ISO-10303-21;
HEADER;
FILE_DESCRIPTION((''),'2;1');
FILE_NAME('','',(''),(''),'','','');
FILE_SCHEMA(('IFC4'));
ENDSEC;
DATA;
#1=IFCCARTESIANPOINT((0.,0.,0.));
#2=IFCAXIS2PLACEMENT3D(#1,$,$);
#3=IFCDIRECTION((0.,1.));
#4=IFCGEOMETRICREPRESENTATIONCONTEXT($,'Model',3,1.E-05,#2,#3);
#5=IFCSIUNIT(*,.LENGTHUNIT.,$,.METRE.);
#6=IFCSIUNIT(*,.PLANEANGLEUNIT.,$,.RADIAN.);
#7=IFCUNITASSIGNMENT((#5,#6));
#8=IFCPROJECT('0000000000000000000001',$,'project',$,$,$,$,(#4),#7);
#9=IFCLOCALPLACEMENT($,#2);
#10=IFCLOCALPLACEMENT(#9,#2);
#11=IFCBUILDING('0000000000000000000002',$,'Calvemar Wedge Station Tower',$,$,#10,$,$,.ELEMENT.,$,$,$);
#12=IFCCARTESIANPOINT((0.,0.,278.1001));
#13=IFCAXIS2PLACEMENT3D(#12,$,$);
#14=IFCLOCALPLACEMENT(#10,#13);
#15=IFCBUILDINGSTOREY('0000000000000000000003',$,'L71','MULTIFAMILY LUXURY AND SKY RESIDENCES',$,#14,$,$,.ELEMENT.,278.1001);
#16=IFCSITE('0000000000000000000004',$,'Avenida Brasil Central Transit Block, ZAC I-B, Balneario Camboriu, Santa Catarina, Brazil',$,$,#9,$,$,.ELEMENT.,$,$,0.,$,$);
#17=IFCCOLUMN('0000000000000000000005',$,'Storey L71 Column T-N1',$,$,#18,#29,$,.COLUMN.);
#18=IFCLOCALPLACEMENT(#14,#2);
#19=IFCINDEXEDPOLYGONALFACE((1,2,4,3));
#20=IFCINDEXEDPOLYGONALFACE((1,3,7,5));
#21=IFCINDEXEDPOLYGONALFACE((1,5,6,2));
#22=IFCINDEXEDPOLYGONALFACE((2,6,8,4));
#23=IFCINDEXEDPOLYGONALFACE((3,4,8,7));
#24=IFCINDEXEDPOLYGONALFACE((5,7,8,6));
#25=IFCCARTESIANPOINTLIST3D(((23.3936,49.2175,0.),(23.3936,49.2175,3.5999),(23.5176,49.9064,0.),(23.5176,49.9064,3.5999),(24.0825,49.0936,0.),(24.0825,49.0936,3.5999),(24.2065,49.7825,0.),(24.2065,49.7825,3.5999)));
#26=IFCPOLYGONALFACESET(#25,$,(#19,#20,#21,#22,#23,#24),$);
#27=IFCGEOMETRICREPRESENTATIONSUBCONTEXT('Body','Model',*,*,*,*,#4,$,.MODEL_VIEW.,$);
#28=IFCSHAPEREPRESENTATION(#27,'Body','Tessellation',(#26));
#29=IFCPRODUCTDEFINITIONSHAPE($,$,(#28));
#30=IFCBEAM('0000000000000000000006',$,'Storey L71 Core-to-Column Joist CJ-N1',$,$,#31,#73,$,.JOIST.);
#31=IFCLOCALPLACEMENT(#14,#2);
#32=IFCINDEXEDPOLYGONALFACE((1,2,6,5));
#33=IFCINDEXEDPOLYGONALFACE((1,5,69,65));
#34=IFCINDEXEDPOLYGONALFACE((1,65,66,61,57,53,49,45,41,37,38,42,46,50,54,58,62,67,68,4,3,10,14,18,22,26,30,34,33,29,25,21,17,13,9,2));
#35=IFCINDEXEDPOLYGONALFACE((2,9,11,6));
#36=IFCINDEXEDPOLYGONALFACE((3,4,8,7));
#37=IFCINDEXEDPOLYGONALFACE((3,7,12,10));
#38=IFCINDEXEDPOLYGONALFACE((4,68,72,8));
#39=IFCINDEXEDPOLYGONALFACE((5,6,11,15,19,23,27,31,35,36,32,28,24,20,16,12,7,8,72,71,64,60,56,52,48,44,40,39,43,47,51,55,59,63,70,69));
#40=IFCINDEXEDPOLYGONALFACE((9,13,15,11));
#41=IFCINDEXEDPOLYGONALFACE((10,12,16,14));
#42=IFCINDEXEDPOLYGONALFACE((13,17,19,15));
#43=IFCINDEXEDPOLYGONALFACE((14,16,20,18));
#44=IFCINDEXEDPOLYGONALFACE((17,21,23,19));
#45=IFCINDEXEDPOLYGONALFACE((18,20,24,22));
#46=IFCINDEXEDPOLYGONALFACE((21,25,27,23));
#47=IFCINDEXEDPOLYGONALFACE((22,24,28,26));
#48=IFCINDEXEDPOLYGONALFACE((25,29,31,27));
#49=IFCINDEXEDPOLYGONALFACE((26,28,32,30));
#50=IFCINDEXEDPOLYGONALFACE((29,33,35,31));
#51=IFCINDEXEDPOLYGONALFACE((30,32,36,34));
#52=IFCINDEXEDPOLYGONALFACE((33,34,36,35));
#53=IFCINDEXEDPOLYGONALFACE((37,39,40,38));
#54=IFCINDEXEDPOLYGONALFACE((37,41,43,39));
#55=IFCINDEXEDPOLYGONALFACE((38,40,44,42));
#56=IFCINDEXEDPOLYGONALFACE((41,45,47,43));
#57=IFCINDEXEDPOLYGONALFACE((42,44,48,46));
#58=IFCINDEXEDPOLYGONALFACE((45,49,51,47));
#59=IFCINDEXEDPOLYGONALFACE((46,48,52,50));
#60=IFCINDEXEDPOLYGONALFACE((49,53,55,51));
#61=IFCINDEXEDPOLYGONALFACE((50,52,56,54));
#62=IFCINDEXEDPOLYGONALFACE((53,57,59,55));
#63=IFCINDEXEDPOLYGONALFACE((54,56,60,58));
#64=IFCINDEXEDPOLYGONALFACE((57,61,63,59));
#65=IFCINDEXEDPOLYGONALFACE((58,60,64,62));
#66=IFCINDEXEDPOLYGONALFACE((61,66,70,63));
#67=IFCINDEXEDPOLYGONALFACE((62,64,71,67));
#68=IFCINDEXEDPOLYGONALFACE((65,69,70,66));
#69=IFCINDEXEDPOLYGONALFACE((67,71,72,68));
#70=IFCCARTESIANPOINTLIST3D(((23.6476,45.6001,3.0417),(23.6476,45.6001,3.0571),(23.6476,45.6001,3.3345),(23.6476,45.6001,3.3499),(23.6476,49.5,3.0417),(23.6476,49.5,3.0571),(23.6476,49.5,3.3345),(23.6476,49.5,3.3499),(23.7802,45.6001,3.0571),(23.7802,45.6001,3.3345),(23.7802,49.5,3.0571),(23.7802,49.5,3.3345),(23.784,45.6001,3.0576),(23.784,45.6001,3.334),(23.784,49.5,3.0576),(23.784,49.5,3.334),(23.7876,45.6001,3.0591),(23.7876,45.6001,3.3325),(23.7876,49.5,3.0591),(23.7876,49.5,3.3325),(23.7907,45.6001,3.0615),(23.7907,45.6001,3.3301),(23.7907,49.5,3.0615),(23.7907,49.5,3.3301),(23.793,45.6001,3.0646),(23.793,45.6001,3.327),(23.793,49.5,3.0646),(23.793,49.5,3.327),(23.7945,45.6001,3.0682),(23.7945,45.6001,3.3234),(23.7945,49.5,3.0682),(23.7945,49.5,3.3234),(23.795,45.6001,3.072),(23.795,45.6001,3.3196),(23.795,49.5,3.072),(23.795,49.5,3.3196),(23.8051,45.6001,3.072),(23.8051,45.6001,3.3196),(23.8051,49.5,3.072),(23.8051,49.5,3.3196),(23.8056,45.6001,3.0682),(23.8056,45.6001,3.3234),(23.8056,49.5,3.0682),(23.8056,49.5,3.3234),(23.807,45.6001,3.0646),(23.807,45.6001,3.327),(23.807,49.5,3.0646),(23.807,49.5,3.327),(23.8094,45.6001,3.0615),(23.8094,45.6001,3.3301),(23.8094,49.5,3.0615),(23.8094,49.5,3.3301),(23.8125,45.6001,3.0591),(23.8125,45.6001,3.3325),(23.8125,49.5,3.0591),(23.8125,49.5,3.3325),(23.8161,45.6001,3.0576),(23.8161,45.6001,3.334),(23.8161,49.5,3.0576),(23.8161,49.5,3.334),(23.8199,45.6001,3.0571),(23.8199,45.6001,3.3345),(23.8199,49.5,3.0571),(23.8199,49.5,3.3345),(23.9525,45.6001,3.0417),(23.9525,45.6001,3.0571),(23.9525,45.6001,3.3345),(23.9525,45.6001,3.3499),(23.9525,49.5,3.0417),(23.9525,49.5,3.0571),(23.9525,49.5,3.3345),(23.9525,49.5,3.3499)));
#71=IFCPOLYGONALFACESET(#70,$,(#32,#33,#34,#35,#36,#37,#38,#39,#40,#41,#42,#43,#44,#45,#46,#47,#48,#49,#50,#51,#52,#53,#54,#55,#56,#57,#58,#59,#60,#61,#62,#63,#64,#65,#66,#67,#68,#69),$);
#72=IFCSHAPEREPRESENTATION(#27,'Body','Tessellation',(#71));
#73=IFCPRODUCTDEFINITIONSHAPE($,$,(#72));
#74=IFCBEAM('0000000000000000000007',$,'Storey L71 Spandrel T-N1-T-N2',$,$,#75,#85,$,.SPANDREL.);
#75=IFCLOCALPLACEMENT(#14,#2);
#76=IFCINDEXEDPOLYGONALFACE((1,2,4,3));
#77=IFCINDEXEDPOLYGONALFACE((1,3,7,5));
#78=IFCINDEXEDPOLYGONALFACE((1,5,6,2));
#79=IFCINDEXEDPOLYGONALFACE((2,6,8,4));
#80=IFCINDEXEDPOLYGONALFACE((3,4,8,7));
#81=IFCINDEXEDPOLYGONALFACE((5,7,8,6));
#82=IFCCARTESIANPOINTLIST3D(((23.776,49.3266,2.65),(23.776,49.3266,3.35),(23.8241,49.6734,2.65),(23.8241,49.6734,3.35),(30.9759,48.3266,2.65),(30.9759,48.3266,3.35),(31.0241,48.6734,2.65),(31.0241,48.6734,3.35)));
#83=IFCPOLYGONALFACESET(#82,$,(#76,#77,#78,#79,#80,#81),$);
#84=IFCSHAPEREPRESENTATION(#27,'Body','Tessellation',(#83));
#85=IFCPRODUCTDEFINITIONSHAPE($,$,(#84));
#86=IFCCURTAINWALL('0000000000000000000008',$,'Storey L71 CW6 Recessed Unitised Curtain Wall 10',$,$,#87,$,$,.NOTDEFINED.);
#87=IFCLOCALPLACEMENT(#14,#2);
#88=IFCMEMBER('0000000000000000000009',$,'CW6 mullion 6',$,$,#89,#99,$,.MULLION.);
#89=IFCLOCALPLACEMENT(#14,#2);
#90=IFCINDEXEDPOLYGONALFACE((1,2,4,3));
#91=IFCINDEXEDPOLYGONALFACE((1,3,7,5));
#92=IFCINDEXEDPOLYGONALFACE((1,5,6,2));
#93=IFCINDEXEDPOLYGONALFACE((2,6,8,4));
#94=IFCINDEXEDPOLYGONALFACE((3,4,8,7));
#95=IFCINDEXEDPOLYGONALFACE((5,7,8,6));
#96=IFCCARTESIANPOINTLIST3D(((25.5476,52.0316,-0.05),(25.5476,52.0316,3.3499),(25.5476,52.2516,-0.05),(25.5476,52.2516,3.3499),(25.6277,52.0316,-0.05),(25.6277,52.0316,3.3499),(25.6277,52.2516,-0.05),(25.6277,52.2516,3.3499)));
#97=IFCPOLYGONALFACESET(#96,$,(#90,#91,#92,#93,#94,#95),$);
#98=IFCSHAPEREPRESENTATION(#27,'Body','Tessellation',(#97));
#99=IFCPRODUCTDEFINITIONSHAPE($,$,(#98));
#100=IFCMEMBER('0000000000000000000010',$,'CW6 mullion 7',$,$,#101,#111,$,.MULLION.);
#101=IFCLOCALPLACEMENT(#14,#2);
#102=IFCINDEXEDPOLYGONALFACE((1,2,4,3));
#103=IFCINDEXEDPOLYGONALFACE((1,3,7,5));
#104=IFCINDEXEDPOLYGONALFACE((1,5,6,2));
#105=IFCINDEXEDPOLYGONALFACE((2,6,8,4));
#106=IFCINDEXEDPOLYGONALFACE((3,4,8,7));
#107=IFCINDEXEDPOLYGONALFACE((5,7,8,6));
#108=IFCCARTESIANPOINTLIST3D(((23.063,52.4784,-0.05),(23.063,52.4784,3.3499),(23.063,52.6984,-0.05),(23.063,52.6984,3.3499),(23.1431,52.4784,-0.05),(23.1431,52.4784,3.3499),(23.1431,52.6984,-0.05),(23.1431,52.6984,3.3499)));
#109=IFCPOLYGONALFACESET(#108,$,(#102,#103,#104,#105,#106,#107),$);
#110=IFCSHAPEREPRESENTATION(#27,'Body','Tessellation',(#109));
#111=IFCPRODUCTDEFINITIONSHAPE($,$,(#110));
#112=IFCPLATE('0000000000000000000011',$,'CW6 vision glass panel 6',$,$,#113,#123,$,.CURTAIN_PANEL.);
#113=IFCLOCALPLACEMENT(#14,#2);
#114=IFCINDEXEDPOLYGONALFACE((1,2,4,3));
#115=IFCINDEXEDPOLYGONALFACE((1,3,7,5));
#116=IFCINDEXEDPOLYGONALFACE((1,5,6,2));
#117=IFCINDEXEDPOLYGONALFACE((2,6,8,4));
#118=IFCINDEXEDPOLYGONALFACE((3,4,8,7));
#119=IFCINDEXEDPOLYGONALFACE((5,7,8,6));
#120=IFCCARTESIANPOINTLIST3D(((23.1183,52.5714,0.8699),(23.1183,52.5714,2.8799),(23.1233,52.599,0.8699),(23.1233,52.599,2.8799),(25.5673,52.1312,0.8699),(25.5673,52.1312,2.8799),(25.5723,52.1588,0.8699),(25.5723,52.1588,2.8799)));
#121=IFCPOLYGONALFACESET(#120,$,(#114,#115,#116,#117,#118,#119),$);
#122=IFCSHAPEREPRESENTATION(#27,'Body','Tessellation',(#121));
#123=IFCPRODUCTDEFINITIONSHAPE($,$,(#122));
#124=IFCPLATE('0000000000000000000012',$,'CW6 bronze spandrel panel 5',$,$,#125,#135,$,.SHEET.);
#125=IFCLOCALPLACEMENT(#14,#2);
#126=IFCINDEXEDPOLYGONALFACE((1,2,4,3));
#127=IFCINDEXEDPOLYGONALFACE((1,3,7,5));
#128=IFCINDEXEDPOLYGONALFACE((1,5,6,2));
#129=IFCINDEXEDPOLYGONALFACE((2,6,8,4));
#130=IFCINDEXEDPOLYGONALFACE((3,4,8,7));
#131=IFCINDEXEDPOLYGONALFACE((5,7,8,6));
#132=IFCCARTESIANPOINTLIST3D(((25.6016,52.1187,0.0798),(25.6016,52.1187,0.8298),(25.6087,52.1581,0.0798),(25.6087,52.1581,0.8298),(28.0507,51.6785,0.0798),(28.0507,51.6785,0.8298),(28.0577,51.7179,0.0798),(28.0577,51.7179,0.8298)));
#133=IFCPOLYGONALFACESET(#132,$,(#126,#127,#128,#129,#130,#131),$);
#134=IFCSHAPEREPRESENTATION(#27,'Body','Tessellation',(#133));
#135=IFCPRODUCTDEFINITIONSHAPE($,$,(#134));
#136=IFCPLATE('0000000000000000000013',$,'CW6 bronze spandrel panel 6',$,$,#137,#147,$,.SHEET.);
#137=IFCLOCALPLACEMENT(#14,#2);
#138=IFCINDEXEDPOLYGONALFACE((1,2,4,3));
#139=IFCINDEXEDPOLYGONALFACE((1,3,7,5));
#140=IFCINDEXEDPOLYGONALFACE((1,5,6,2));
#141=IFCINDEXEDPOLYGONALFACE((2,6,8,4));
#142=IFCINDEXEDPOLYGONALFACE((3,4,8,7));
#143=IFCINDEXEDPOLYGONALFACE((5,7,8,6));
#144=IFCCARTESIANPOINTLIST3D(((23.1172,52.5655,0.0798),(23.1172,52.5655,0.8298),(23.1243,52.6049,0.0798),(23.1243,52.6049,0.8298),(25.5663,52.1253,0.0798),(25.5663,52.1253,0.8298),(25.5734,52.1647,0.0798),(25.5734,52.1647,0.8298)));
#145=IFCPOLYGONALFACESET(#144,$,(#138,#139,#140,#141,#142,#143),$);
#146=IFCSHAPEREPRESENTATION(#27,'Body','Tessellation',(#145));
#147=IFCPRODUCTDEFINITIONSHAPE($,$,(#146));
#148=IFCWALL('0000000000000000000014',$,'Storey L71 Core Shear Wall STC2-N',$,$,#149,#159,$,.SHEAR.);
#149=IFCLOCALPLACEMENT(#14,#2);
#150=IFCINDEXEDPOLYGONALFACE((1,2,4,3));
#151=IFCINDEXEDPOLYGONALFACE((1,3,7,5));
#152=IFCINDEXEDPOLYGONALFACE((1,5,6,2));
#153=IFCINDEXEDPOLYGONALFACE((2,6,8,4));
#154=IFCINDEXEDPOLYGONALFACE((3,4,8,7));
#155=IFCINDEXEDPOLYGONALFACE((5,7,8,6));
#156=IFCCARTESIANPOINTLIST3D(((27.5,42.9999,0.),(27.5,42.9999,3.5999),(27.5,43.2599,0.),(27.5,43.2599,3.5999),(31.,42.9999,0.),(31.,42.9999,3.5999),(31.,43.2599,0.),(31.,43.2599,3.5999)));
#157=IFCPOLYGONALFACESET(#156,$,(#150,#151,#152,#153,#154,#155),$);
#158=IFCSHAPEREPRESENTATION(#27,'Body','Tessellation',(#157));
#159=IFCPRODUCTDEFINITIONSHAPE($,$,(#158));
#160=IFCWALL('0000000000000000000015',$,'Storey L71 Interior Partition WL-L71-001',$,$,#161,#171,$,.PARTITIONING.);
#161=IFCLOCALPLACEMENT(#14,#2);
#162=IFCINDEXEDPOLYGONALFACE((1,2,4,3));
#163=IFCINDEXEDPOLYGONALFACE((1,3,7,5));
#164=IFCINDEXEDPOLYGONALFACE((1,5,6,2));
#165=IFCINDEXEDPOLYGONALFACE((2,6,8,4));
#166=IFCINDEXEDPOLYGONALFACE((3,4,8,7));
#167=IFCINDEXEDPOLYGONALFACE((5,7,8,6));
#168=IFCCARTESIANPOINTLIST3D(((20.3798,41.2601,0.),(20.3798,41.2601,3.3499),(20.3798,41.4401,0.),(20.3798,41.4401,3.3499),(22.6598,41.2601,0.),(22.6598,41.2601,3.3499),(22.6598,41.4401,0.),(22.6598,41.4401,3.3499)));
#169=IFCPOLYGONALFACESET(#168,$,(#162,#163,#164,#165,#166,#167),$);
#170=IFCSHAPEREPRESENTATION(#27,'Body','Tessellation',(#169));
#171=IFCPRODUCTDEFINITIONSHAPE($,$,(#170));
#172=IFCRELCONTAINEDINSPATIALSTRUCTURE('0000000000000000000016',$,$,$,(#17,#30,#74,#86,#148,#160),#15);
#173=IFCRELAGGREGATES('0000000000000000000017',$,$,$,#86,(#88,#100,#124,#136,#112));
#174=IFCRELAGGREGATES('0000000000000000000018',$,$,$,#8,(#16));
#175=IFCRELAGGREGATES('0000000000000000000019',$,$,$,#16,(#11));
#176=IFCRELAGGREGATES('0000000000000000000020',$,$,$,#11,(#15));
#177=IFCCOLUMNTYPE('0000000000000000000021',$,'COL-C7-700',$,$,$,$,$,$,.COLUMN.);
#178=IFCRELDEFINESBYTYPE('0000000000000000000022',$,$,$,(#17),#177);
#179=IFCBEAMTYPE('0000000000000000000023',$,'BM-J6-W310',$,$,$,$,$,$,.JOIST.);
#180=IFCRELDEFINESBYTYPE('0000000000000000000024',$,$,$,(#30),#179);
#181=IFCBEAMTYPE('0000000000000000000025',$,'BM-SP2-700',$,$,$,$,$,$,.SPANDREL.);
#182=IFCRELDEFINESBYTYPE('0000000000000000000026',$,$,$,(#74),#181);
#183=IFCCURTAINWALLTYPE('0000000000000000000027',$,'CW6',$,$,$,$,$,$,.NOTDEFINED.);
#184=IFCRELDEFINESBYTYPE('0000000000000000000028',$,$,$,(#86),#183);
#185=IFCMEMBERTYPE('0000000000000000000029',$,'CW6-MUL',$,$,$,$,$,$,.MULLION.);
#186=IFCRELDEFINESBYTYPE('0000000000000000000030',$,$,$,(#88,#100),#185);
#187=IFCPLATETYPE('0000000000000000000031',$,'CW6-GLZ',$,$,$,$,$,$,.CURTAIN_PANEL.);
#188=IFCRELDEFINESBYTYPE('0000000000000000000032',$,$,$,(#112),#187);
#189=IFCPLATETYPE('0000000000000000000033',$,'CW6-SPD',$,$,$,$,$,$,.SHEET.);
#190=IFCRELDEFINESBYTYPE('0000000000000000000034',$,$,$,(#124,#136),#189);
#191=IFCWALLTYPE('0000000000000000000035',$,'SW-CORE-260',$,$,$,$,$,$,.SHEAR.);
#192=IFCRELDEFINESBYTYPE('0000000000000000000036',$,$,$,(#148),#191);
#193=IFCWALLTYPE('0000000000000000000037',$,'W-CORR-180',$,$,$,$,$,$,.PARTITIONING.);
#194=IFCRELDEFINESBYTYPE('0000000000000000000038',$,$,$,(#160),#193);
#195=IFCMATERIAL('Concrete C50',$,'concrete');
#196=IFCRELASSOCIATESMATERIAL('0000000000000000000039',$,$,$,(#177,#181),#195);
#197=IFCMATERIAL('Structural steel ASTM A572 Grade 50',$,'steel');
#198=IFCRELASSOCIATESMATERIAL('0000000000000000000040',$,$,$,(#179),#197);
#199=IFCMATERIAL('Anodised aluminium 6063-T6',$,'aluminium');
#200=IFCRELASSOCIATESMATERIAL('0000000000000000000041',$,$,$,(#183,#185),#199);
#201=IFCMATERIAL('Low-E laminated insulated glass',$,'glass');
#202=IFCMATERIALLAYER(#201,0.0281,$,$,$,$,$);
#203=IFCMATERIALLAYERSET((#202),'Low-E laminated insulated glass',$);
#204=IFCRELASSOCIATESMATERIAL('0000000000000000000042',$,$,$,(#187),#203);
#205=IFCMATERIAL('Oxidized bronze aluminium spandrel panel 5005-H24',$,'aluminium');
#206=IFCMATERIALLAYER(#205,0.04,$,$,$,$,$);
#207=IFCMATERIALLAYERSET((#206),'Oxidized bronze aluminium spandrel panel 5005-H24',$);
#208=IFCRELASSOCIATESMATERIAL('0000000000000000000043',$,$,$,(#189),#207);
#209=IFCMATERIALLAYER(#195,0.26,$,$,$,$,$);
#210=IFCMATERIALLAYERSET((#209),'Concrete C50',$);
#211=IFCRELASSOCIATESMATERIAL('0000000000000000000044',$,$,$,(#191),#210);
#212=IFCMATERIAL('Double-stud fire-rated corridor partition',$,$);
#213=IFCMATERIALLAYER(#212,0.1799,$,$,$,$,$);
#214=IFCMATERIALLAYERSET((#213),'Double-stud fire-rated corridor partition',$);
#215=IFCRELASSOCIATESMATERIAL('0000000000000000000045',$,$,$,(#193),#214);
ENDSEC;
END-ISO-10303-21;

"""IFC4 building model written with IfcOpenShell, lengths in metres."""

from ifc_helpers import new_model, si_unit, direction, frame, frame_2d, origin, origin_2d, place, context, subcontext, project, spatial, rectangle, i_section, extrude, source, transform, mapped, material, layer, layer_set, material_profile, profile_set, type_object, element, aggregate, save


model = new_model("IFC4")

# Units and contexts
model_context = context("Model", 3, precision=1e-05, world=origin(), true_north=direction((0.0, 1.0)))
body_context = subcontext(model_context, "Body", "Model", "MODEL_VIEW")
ifc_project = project(units=[si_unit("LENGTHUNIT", "METRE"), si_unit("PLANEANGLEUNIT", "RADIAN")], contexts=[model_context])

# Site, building, storey
site_placement = place(None, origin())
site = spatial("IfcSite", under=ifc_project, at=site_placement, Name="Avenida Brasil Central Transit Block, ZAC I-B, Balneario Camboriu, Santa Catarina, Brazil", CompositionType="ELEMENT", RefElevation=0.0)
building_placement = place(site_placement, origin())
building = spatial("IfcBuilding", under=site, at=building_placement, Name="Calvemar Wedge Station Tower", CompositionType="ELEMENT")
storey_placement = place(building_placement, frame((0.0, 0.0, 278.1001)))
storey = spatial("IfcBuildingStorey", under=building, at=storey_placement, Name="L71", Description="MULTIFAMILY LUXURY AND SKY RESIDENCES", CompositionType="ELEMENT", Elevation=278.1001)

# Column
ifc_material_1 = material(Name="Concrete C50", Category="concrete")
ifc_material_profile_1 = material_profile(ifc_material_1, rectangle(XDim=0.7, YDim=0.7, at=origin_2d()), Name="RC700x700")
ifc_profile_set_1 = profile_set([ifc_material_profile_1], Name="Concrete C50")
column_type = type_object("IfcColumnType", Name="COL-C7-700", PredefinedType="COLUMN", material=ifc_profile_set_1)
shared_shape_1 = source(origin(), body_context, "Body", "SweptSolid", [
    extrude(rectangle(XDim=0.7, YDim=0.7, at=origin_2d()), origin(), (0.0, 0.0, 1.0), 3.5999),
])
column_placement = place(storey_placement, frame((23.8, 49.5, 0.0), z_axis=(0.0, 0.0, 1.0), x_axis=(0.984196, -0.177085, 0.0)))
element("IfcColumn", 1, at=column_placement, inside=storey, type_object=column_type, Name="Storey L71 Column T-N1", PredefinedType="COLUMN", context=body_context, shape_type="MappedRepresentation", body=[
    mapped(shared_shape_1, transform((0.0, 0.0, 0.0), scale=1.0)),
])

# Beams
ifc_material_2 = material(Name="Structural steel ASTM A572 Grade 50", Category="steel")
ifc_material_profile_2 = material_profile(ifc_material_2, i_section(OverallWidth=0.3049, OverallDepth=0.3081, WebThickness=0.01, FlangeThickness=0.0154, FilletRadius=0.0149, at=origin_2d()), Name="W310x97")
ifc_profile_set_2 = profile_set([ifc_material_profile_2], Name="Structural steel ASTM A572 Grade 50")
beam_type_1 = type_object("IfcBeamType", Name="BM-J6-W310", PredefinedType="JOIST", material=ifc_profile_set_2)
shared_shape_2 = source(origin(), body_context, "Body", "SweptSolid", [
    extrude(i_section(OverallWidth=0.3049, OverallDepth=0.3081, WebThickness=0.01, FlangeThickness=0.0154, FilletRadius=0.0149, at=origin_2d()), origin(), (0.0, 0.0, 1.0), 3.8999),
])
beam_1_placement = place(storey_placement, frame((23.8, 45.6001, 3.1958), z_axis=(0.0, 1.0, 0.0), x_axis=(-1.0, 0.0, 0.0)))
element("IfcBeam", 2, at=beam_1_placement, inside=storey, type_object=beam_type_1, Name="Storey L71 Core-to-Column Joist CJ-N1", PredefinedType="JOIST", context=body_context, shape_type="MappedRepresentation", body=[
    mapped(shared_shape_2, transform((0.0, 0.0, 0.0), scale=1.0)),
])
ifc_material_profile_3 = material_profile(ifc_material_1, rectangle(XDim=0.3501, YDim=0.7, at=origin_2d()), Name="RC350x700")
ifc_profile_set_3 = profile_set([ifc_material_profile_3], Name="Concrete C50")
beam_type_2 = type_object("IfcBeamType", Name="BM-SP2-700", PredefinedType="SPANDREL", material=ifc_profile_set_3)
shared_shape_3 = source(origin(), body_context, "Body", "SweptSolid", [
    extrude(rectangle(XDim=0.3501, YDim=0.7, at=origin_2d()), origin(), (0.0, 0.0, 1.0), 7.269),
])
beam_2_placement = place(storey_placement, frame((23.8, 49.5, 3.0), z_axis=(0.990492, -0.137569, 0.0), x_axis=(0.137569, 0.990492, 0.0)))
element("IfcBeam", 3, at=beam_2_placement, inside=storey, type_object=beam_type_2, Name="Storey L71 Spandrel T-N1-T-N2", PredefinedType="SPANDREL", context=body_context, shape_type="MappedRepresentation", body=[
    mapped(shared_shape_3, transform((0.0, 0.0, 0.0), scale=1.0)),
])

# Curtain wall, members, plates
ifc_material_3 = material(Name="Anodised aluminium 6063-T6", Category="aluminium")
curtain_wall_type = type_object("IfcCurtainWallType", Name="CW6", PredefinedType="NOTDEFINED", material=ifc_material_3)
curtain_wall_placement = place(storey_placement, origin())
curtain_wall = element("IfcCurtainWall", 4, at=curtain_wall_placement, inside=storey, type_object=curtain_wall_type, Name="Storey L71 CW6 Recessed Unitised Curtain Wall 10", PredefinedType="NOTDEFINED")
ifc_material_profile_4 = material_profile(ifc_material_3, rectangle(XDim=0.0801, YDim=0.22, at=origin_2d()), Name="AL-MUL-80x220")
ifc_profile_set_4 = profile_set([ifc_material_profile_4], Name="Anodised aluminium 6063-T6")
member_type = type_object("IfcMemberType", Name="CW6-MUL", PredefinedType="MULLION", material=ifc_profile_set_4)
shared_shape_4 = source(origin(), body_context, "Body", "SweptSolid", [
    extrude(rectangle(XDim=0.0801, YDim=0.22, at=origin_2d()), origin(), (0.0, 0.0, 1.0), 3.3999),
])
member_1_placement = place(storey_placement, frame((25.5876, 52.1416, -0.05), z_axis=(0.0, 0.0, 1.0), x_axis=(1.0, 0.0, 0.0)))
member_1 = element("IfcMember", 5, at=member_1_placement, type_object=member_type, Name="CW6 mullion 6", PredefinedType="MULLION", context=body_context, shape_type="MappedRepresentation", body=[
    mapped(shared_shape_4, transform((0.0, 0.0, 0.0), scale=1.0)),
])
member_2_placement = place(storey_placement, frame((23.103, 52.5884, -0.05), z_axis=(0.0, 0.0, 1.0), x_axis=(1.0, 0.0, 0.0)))
member_2 = element("IfcMember", 6, at=member_2_placement, type_object=member_type, Name="CW6 mullion 7", PredefinedType="MULLION", context=body_context, shape_type="MappedRepresentation", body=[
    mapped(shared_shape_4, transform((0.0, 0.0, 0.0), scale=1.0)),
])
ifc_material_4 = material(Name="Low-E laminated insulated glass", Category="glass")
ifc_layer_1 = layer(ifc_material_4, 0.0281)
ifc_layer_set_1 = layer_set([ifc_layer_1], Name="Low-E laminated insulated glass")
plate_type_1 = type_object("IfcPlateType", Name="CW6-GLZ", PredefinedType="CURTAIN_PANEL", material=ifc_layer_set_1)
plate_1_placement = place(storey_placement, frame((25.5698, 52.145, 0.8699), z_axis=(0.0, 0.0, 1.0), x_axis=(-0.984227, 0.176908, 0.0)))
plate_1 = element("IfcPlate", 7, at=plate_1_placement, type_object=plate_type_1, Name="CW6 vision glass panel 6", PredefinedType="CURTAIN_PANEL", context=body_context, shape_type="SweptSolid", body=[
    extrude(rectangle(XDim=2.4883, YDim=0.0281, at=frame_2d((1.2441, 0.0))), origin(), (0.0, 0.0, 1.0), 2.01),
])
ifc_material_5 = material(Name="Oxidized bronze aluminium spandrel panel 5005-H24", Category="aluminium")
ifc_layer_2 = layer(ifc_material_5, 0.04)
ifc_layer_set_2 = layer_set([ifc_layer_2], Name="Oxidized bronze aluminium spandrel panel 5005-H24")
plate_type_2 = type_object("IfcPlateType", Name="CW6-SPD", PredefinedType="SHEET", material=ifc_layer_set_2)
plate_2_placement = place(storey_placement, frame((28.0542, 51.6982, 0.0798), z_axis=(0.0, 0.0, 1.0), x_axis=(-0.984227, 0.176908, 0.0)))
plate_2 = element("IfcPlate", 8, at=plate_2_placement, type_object=plate_type_2, Name="CW6 bronze spandrel panel 5", PredefinedType="SHEET", context=body_context, shape_type="SweptSolid", body=[
    extrude(rectangle(XDim=2.4883, YDim=0.04, at=frame_2d((1.2441, 0.0))), origin(), (0.0, 0.0, 1.0), 0.75),
])
plate_3_placement = place(storey_placement, frame((25.5698, 52.145, 0.0798), z_axis=(0.0, 0.0, 1.0), x_axis=(-0.984227, 0.176908, 0.0)))
plate_3 = element("IfcPlate", 9, at=plate_3_placement, type_object=plate_type_2, Name="CW6 bronze spandrel panel 6", PredefinedType="SHEET", context=body_context, shape_type="SweptSolid", body=[
    extrude(rectangle(XDim=2.4883, YDim=0.04, at=frame_2d((1.2441, 0.0))), origin(), (0.0, 0.0, 1.0), 0.75),
])
aggregate(curtain_wall, [member_1, member_2, plate_2, plate_3, plate_1])

# Walls
ifc_layer_3 = layer(ifc_material_1, 0.26)
ifc_layer_set_3 = layer_set([ifc_layer_3], Name="Concrete C50")
wall_type_1 = type_object("IfcWallType", Name="SW-CORE-260", PredefinedType="SHEAR", material=ifc_layer_set_3)
wall_1_placement = place(storey_placement, frame((27.5, 43.1299, 0.0), z_axis=(0.0, 0.0, 1.0), x_axis=(1.0, 0.0, 0.0)))
element("IfcWall", 10, at=wall_1_placement, inside=storey, type_object=wall_type_1, Name="Storey L71 Core Shear Wall STC2-N", PredefinedType="SHEAR", context=body_context, shape_type="SweptSolid", body=[
    extrude(rectangle(XDim=3.5, YDim=0.26, at=frame_2d((1.75, 0.0))), origin(), (0.0, 0.0, 1.0), 3.5999),
])
ifc_material_6 = material(Name="Double-stud fire-rated corridor partition")
ifc_layer_4 = layer(ifc_material_6, 0.1799)
ifc_layer_set_4 = layer_set([ifc_layer_4], Name="Double-stud fire-rated corridor partition")
wall_type_2 = type_object("IfcWallType", Name="W-CORR-180", PredefinedType="PARTITIONING", material=ifc_layer_set_4)
wall_2_placement = place(storey_placement, frame((22.6599, 41.3501, 0.0), z_axis=(0.0, 0.0, 1.0), x_axis=(-1.0, 0.0, 0.0)))
element("IfcWall", 11, at=wall_2_placement, inside=storey, type_object=wall_type_2, Name="Storey L71 Interior Partition WL-L71-001", PredefinedType="PARTITIONING", context=body_context, shape_type="SweptSolid", body=[
    extrude(rectangle(XDim=2.28, YDim=0.1799, at=frame_2d((1.1401, 0.0))), origin(), (0.0, 0.0, 1.0), 3.3499),
])

save(model, "model.ifc")
